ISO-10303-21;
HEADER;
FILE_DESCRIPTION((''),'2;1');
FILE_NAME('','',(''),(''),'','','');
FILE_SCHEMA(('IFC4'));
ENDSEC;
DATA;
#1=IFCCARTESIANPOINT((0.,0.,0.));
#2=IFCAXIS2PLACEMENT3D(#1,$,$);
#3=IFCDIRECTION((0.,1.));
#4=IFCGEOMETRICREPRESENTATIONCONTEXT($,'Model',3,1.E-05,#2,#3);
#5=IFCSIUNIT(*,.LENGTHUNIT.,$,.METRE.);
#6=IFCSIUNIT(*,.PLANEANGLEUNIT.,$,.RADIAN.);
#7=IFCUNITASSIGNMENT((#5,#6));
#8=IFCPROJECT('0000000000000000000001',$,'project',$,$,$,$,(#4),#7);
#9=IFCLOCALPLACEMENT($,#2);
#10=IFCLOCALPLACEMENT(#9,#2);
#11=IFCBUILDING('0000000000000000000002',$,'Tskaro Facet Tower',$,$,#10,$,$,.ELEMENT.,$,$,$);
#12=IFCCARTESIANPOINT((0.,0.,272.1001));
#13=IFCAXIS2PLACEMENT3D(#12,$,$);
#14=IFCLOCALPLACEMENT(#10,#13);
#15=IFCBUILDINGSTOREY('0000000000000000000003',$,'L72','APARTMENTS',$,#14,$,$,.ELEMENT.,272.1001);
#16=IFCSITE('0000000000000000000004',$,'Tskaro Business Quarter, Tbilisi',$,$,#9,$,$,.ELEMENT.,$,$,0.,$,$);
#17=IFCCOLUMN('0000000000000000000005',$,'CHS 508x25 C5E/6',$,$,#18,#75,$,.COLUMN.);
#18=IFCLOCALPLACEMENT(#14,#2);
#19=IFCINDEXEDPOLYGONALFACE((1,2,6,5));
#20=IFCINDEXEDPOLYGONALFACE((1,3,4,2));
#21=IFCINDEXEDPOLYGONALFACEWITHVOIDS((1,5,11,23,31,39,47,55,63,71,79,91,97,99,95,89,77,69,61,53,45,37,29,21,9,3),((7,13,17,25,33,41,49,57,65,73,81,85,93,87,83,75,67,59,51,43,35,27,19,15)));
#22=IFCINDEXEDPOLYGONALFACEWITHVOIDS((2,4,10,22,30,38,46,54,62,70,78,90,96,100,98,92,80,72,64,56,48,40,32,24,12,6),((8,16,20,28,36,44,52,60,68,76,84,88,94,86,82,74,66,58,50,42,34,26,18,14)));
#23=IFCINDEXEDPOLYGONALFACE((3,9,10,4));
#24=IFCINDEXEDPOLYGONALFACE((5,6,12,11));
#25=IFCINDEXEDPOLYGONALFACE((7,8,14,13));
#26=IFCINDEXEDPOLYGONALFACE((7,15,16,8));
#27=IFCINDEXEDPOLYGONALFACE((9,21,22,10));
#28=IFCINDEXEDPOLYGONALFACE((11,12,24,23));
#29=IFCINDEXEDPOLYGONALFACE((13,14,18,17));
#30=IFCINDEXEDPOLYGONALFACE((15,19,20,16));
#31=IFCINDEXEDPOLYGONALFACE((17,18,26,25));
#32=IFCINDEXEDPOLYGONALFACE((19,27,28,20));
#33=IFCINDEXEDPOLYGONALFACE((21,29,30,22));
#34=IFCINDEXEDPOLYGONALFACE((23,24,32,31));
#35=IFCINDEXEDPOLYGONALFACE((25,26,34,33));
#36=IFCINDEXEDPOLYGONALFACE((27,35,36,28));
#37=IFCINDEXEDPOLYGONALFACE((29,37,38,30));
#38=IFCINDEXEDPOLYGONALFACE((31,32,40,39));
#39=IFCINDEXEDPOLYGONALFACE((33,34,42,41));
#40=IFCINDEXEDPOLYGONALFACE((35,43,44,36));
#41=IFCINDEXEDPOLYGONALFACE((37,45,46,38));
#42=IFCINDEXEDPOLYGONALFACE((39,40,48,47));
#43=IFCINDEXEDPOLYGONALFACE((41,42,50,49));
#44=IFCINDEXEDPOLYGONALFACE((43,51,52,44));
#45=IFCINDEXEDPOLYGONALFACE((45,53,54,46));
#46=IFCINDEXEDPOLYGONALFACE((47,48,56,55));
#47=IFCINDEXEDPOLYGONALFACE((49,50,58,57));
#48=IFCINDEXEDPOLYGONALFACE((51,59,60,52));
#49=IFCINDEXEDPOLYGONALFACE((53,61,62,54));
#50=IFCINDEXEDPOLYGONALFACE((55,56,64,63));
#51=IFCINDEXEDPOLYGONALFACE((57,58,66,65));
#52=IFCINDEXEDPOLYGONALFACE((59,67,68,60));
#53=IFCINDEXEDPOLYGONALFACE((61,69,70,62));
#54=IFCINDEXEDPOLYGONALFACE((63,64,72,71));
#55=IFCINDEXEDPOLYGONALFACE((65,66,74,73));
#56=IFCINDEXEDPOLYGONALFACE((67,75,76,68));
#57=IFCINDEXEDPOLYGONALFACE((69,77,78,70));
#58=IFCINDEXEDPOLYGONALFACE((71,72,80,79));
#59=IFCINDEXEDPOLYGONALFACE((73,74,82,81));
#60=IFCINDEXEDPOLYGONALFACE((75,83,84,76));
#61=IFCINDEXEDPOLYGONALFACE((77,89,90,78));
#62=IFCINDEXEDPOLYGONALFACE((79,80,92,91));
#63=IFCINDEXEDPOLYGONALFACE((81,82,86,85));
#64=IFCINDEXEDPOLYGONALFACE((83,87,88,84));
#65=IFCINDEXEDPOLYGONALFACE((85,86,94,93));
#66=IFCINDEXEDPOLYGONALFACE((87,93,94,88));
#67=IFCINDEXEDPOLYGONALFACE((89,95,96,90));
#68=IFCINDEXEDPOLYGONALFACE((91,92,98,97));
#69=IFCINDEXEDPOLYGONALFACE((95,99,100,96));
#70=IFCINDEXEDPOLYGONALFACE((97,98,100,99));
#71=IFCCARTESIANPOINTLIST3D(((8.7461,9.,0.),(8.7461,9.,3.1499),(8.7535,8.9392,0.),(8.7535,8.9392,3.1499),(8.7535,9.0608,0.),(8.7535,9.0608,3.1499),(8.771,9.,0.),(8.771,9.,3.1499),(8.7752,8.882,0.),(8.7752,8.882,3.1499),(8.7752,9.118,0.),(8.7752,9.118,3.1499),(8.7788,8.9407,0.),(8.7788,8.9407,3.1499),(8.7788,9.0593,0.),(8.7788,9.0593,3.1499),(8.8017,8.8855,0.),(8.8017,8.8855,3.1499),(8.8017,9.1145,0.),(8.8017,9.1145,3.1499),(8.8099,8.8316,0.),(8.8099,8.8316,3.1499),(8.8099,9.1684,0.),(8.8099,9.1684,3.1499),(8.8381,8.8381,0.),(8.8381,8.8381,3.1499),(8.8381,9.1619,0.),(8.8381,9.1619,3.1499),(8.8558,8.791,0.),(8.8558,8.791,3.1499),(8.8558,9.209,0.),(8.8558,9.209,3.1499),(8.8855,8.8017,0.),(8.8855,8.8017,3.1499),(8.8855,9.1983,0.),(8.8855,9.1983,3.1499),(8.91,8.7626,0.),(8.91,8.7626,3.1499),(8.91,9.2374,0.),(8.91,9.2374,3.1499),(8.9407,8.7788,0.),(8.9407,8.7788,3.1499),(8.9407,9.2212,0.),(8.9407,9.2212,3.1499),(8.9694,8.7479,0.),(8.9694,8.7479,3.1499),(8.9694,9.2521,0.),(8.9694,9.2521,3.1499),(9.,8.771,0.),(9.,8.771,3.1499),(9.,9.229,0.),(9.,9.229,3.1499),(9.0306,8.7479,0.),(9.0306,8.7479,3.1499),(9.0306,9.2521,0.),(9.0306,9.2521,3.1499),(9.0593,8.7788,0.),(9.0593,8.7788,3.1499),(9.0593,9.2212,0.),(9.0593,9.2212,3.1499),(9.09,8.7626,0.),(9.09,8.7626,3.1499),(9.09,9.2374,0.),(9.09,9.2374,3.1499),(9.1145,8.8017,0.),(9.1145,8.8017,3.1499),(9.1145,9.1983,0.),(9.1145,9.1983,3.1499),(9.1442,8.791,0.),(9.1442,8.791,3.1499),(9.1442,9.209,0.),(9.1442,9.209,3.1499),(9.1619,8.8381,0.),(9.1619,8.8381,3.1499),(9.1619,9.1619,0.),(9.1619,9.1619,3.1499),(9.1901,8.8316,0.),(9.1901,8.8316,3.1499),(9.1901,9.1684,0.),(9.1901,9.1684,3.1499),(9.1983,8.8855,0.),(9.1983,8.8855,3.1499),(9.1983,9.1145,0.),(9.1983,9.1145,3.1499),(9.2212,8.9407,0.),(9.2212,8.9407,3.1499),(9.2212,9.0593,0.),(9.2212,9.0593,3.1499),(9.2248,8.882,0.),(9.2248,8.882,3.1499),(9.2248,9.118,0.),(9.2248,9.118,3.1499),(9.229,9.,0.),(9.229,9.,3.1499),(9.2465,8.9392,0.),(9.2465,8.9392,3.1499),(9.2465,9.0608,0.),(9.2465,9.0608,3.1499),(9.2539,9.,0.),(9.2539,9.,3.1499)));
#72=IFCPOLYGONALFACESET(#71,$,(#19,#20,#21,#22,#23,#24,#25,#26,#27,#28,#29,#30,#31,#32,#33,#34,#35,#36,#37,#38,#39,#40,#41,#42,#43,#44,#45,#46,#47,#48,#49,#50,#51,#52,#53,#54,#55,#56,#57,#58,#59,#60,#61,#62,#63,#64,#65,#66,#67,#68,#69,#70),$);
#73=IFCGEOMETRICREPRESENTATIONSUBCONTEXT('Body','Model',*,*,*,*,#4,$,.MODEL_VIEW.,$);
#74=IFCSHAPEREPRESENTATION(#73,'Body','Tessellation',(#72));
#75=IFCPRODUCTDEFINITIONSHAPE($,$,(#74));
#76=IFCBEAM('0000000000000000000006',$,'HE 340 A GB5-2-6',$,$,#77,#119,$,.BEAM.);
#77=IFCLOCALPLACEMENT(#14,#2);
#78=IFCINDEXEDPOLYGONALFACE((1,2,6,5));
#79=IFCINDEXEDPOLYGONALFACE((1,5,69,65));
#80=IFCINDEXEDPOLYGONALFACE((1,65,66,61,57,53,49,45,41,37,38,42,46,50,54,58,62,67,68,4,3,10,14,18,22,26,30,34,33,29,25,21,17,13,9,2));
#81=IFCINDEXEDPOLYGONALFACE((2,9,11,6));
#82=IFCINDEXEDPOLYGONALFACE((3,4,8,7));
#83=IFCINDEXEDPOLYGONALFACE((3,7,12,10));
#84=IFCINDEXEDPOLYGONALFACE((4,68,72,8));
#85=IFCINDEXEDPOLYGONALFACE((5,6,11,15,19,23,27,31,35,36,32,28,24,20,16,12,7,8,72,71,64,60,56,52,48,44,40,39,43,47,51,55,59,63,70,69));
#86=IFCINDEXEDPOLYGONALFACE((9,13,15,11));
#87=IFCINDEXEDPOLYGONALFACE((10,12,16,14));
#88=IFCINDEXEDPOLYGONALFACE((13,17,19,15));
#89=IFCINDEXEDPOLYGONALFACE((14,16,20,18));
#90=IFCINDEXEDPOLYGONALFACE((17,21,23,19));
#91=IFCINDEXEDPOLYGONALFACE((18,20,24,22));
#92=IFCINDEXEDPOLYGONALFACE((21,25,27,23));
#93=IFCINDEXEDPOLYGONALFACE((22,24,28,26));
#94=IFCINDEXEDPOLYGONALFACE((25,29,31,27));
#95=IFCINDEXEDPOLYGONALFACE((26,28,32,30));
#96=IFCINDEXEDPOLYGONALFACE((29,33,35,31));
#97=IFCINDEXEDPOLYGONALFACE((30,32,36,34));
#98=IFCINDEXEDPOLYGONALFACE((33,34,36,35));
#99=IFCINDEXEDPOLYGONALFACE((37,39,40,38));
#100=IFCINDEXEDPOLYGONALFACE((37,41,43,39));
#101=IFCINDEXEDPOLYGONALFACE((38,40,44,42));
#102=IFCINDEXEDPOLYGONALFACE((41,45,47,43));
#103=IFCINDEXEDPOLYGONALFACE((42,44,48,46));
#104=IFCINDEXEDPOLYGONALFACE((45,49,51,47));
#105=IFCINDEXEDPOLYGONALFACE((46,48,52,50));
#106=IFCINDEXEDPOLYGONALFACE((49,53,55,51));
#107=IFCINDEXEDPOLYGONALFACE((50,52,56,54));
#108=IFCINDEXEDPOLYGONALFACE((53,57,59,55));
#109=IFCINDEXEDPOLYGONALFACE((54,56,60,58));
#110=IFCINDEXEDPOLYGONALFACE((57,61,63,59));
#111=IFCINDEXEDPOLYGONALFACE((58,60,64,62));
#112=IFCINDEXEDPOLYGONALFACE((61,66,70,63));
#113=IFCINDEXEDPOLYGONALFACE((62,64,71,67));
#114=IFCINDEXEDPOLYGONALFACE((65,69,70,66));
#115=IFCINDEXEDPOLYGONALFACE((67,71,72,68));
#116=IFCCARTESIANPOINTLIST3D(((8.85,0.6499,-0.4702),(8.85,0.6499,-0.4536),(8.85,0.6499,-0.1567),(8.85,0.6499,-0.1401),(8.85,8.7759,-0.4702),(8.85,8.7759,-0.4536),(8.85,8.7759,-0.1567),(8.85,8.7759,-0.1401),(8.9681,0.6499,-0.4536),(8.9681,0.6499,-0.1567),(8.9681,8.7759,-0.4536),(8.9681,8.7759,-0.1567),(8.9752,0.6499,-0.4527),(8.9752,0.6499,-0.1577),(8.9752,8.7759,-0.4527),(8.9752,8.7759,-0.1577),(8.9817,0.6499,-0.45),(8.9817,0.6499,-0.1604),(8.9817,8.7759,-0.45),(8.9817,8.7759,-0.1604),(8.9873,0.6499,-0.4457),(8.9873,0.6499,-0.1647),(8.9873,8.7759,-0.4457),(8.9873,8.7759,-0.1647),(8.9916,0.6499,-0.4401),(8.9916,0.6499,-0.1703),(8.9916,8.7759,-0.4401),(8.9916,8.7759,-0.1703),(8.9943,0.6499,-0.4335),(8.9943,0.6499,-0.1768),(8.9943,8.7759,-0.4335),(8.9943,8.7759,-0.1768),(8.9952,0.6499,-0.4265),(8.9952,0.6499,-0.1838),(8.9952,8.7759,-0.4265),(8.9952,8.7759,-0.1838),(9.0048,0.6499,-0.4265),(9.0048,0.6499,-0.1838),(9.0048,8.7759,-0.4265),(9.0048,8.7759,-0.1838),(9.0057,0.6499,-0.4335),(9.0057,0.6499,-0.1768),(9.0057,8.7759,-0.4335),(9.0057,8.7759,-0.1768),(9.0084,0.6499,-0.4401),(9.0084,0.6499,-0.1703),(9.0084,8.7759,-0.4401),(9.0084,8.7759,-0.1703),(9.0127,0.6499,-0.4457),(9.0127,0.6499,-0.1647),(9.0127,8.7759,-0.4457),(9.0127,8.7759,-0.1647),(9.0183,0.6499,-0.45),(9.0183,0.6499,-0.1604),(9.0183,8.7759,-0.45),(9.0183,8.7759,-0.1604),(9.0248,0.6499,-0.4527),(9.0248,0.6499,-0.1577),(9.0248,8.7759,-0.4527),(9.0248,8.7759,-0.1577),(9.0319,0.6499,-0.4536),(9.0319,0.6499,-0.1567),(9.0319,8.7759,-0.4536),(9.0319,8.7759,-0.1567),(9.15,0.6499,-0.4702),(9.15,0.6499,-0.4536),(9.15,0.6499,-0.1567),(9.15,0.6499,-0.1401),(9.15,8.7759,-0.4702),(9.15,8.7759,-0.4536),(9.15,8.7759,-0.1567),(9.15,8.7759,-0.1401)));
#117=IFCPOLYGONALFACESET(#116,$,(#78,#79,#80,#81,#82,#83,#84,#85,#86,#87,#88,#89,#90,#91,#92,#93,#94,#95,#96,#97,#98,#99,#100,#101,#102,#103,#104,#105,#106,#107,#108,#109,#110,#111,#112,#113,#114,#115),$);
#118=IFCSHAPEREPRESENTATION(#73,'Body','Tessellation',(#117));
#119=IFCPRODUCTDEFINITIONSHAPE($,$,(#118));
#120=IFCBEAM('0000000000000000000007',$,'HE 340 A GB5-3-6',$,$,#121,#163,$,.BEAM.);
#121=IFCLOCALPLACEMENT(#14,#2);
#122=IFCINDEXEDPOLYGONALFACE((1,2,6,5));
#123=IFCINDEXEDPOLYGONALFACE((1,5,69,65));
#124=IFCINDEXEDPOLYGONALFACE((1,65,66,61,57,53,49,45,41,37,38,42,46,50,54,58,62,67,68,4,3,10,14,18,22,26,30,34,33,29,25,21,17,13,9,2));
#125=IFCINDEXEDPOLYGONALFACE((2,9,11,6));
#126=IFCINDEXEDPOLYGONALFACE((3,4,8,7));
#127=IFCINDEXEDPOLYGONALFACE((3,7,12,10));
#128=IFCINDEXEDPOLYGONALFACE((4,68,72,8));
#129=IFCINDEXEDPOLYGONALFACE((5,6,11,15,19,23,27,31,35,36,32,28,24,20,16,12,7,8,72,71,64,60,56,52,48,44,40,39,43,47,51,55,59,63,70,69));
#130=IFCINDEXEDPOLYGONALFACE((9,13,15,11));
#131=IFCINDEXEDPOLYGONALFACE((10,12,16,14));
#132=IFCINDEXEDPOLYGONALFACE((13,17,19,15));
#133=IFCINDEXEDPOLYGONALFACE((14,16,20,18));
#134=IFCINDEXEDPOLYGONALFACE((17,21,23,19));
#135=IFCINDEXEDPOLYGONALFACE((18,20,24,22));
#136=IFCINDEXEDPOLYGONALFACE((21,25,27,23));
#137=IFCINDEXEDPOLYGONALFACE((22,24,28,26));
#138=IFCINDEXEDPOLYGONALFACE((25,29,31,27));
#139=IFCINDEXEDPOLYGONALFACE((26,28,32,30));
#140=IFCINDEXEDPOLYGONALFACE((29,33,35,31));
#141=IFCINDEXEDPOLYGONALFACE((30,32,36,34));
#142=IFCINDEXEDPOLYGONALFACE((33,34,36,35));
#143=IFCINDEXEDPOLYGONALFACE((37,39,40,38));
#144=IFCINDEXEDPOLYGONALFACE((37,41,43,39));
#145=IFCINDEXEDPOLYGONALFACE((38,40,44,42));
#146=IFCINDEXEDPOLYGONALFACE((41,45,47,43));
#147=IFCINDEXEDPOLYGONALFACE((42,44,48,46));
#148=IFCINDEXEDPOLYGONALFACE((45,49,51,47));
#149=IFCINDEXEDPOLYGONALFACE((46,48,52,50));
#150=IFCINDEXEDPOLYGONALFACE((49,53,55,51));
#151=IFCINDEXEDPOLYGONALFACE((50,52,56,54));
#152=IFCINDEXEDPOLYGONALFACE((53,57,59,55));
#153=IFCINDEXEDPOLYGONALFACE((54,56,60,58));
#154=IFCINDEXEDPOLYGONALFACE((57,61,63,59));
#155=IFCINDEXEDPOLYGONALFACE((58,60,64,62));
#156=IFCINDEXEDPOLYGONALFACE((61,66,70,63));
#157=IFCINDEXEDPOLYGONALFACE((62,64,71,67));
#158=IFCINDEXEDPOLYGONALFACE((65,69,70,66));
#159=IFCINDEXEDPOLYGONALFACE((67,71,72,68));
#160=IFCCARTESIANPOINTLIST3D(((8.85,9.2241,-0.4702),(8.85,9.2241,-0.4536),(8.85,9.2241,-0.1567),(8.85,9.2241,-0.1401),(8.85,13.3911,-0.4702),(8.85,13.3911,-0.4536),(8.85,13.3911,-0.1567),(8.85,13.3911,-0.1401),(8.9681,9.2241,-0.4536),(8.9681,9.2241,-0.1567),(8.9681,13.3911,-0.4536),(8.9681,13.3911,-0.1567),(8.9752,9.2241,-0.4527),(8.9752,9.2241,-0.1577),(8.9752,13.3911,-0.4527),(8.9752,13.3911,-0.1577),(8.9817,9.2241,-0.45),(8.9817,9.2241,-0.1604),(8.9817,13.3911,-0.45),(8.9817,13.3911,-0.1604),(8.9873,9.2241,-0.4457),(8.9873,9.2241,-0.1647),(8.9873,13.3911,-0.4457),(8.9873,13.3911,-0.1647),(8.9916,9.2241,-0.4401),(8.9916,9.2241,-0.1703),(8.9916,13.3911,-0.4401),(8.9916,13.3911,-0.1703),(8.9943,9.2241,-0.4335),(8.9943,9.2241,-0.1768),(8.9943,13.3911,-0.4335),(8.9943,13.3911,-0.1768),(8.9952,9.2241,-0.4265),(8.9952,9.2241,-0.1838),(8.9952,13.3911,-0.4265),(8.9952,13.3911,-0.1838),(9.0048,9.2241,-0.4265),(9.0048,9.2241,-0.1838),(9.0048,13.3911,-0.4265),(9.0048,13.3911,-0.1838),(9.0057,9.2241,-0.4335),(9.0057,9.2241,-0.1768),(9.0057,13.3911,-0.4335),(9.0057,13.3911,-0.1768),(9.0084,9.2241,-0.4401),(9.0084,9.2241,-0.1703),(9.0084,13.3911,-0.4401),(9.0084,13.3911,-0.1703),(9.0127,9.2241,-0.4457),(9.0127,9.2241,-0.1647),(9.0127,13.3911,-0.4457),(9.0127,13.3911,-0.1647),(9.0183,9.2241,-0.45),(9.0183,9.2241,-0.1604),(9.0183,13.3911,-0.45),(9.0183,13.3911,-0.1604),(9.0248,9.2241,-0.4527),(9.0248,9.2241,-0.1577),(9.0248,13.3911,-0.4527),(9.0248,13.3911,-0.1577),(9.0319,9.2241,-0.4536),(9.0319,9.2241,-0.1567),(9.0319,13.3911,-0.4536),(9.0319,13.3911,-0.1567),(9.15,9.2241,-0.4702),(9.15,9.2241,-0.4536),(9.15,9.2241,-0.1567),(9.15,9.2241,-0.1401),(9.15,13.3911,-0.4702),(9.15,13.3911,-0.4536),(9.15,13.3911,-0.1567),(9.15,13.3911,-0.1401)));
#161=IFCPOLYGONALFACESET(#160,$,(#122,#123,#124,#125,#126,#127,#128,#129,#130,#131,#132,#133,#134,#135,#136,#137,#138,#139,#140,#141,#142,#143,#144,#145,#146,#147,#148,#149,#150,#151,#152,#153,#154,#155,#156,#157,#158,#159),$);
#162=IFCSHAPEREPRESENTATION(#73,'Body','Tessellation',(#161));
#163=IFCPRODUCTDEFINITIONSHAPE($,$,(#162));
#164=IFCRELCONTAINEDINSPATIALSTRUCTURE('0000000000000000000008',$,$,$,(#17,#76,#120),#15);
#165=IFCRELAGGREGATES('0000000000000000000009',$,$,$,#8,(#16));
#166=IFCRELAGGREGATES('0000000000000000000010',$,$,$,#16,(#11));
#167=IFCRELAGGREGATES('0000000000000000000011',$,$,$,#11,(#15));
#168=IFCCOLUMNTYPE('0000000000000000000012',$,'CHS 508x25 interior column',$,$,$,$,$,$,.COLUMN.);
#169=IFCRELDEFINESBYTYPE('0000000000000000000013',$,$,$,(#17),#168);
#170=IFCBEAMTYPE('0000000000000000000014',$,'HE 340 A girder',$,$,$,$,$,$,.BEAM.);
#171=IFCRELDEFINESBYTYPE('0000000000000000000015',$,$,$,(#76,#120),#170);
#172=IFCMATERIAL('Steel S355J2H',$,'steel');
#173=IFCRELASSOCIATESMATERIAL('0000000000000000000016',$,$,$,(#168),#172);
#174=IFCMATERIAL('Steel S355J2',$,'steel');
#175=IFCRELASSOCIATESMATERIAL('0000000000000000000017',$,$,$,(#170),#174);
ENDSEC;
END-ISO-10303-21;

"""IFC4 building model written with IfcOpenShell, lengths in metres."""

from ifc_helpers import new_model, si_unit, direction, frame, origin, origin_2d, place, context, subcontext, project, spatial, hollow_circle, i_section, extrude, material, material_profile, profile_set, type_object, element, save


model = new_model("IFC4")

# Units and contexts
model_context = context("Model", 3, precision=1e-05, world=origin(), true_north=direction((0.0, 1.0)))
body_context = subcontext(model_context, "Body", "Model", "MODEL_VIEW")
ifc_project = project(units=[si_unit("LENGTHUNIT", "METRE"), si_unit("PLANEANGLEUNIT", "RADIAN")], contexts=[model_context])

# Site, building, storey
site_placement = place(None, origin())
site = spatial("IfcSite", under=ifc_project, at=site_placement, Name="Tskaro Business Quarter, Tbilisi", CompositionType="ELEMENT", RefElevation=0.0)
building_placement = place(site_placement, origin())
building = spatial("IfcBuilding", under=site, at=building_placement, Name="Tskaro Facet Tower", CompositionType="ELEMENT")
storey_placement = place(building_placement, frame((0.0, 0.0, 272.1001)))
storey = spatial("IfcBuildingStorey", under=building, at=storey_placement, Name="L72", Description="APARTMENTS", CompositionType="ELEMENT", Elevation=272.1001)

# Column
ifc_material_1 = material(Name="Steel S355J2H", Category="steel")
ifc_material_profile_1 = material_profile(ifc_material_1, hollow_circle(Radius=0.2539, WallThickness=0.0249, at=origin_2d()), Name="CHS 508x25")
ifc_profile_set_1 = profile_set([ifc_material_profile_1], Name="Steel S355J2H")
column_type = type_object("IfcColumnType", Name="CHS 508x25 interior column", PredefinedType="COLUMN", material=ifc_profile_set_1)
column_placement = place(storey_placement, frame((9.0, 9.0, 0.0), z_axis=(0.0, 0.0, 1.0), x_axis=(1.0, 0.0, 0.0)))
element("IfcColumn", 1, at=column_placement, inside=storey, type_object=column_type, Name="CHS 508x25 C5E/6", PredefinedType="COLUMN", context=body_context, shape_type="SweptSolid", body=[
    extrude(hollow_circle(Radius=0.2539, WallThickness=0.0249, at=origin_2d()), origin(), (0.0, 0.0, 1.0), 3.1499),
])

# Beams
ifc_material_2 = material(Name="Steel S355J2", Category="steel")
ifc_material_profile_2 = material_profile(ifc_material_2, i_section(OverallWidth=0.3, OverallDepth=0.3301, WebThickness=0.0095, FlangeThickness=0.0166, FilletRadius=0.0271, at=origin_2d()), Name="HE 340 A")
ifc_profile_set_2 = profile_set([ifc_material_profile_2], Name="Steel S355J2")
beam_type_1 = type_object("IfcBeamType", Name="HE 340 A girder", PredefinedType="BEAM", material=ifc_profile_set_2)
beam_1_placement = place(storey_placement, frame((9.0, 0.6499, -0.3052), z_axis=(0.0, 1.0, 0.0), x_axis=(-1.0, 0.0, 0.0)))
element("IfcBeam", 2, at=beam_1_placement, inside=storey, type_object=beam_type_1, Name="HE 340 A GB5-2-6", PredefinedType="BEAM", context=body_context, shape_type="SweptSolid", body=[
    extrude(i_section(OverallWidth=0.3, OverallDepth=0.3301, WebThickness=0.0095, FlangeThickness=0.0166, FilletRadius=0.0271, at=origin_2d()), origin(), (0.0, 0.0, 1.0), 8.126),
])
beam_2_placement = place(storey_placement, frame((9.0, 9.2241, -0.3052), z_axis=(0.0, 1.0, 0.0), x_axis=(-1.0, 0.0, 0.0)))
element("IfcBeam", 3, at=beam_2_placement, inside=storey, type_object=beam_type_1, Name="HE 340 A GB5-3-6", PredefinedType="BEAM", context=body_context, shape_type="SweptSolid", body=[
    extrude(i_section(OverallWidth=0.3, OverallDepth=0.3301, WebThickness=0.0095, FlangeThickness=0.0166, FilletRadius=0.0271, at=origin_2d()), origin(), (0.0, 0.0, 1.0), 4.167),
])

save(model, "model.ifc")
